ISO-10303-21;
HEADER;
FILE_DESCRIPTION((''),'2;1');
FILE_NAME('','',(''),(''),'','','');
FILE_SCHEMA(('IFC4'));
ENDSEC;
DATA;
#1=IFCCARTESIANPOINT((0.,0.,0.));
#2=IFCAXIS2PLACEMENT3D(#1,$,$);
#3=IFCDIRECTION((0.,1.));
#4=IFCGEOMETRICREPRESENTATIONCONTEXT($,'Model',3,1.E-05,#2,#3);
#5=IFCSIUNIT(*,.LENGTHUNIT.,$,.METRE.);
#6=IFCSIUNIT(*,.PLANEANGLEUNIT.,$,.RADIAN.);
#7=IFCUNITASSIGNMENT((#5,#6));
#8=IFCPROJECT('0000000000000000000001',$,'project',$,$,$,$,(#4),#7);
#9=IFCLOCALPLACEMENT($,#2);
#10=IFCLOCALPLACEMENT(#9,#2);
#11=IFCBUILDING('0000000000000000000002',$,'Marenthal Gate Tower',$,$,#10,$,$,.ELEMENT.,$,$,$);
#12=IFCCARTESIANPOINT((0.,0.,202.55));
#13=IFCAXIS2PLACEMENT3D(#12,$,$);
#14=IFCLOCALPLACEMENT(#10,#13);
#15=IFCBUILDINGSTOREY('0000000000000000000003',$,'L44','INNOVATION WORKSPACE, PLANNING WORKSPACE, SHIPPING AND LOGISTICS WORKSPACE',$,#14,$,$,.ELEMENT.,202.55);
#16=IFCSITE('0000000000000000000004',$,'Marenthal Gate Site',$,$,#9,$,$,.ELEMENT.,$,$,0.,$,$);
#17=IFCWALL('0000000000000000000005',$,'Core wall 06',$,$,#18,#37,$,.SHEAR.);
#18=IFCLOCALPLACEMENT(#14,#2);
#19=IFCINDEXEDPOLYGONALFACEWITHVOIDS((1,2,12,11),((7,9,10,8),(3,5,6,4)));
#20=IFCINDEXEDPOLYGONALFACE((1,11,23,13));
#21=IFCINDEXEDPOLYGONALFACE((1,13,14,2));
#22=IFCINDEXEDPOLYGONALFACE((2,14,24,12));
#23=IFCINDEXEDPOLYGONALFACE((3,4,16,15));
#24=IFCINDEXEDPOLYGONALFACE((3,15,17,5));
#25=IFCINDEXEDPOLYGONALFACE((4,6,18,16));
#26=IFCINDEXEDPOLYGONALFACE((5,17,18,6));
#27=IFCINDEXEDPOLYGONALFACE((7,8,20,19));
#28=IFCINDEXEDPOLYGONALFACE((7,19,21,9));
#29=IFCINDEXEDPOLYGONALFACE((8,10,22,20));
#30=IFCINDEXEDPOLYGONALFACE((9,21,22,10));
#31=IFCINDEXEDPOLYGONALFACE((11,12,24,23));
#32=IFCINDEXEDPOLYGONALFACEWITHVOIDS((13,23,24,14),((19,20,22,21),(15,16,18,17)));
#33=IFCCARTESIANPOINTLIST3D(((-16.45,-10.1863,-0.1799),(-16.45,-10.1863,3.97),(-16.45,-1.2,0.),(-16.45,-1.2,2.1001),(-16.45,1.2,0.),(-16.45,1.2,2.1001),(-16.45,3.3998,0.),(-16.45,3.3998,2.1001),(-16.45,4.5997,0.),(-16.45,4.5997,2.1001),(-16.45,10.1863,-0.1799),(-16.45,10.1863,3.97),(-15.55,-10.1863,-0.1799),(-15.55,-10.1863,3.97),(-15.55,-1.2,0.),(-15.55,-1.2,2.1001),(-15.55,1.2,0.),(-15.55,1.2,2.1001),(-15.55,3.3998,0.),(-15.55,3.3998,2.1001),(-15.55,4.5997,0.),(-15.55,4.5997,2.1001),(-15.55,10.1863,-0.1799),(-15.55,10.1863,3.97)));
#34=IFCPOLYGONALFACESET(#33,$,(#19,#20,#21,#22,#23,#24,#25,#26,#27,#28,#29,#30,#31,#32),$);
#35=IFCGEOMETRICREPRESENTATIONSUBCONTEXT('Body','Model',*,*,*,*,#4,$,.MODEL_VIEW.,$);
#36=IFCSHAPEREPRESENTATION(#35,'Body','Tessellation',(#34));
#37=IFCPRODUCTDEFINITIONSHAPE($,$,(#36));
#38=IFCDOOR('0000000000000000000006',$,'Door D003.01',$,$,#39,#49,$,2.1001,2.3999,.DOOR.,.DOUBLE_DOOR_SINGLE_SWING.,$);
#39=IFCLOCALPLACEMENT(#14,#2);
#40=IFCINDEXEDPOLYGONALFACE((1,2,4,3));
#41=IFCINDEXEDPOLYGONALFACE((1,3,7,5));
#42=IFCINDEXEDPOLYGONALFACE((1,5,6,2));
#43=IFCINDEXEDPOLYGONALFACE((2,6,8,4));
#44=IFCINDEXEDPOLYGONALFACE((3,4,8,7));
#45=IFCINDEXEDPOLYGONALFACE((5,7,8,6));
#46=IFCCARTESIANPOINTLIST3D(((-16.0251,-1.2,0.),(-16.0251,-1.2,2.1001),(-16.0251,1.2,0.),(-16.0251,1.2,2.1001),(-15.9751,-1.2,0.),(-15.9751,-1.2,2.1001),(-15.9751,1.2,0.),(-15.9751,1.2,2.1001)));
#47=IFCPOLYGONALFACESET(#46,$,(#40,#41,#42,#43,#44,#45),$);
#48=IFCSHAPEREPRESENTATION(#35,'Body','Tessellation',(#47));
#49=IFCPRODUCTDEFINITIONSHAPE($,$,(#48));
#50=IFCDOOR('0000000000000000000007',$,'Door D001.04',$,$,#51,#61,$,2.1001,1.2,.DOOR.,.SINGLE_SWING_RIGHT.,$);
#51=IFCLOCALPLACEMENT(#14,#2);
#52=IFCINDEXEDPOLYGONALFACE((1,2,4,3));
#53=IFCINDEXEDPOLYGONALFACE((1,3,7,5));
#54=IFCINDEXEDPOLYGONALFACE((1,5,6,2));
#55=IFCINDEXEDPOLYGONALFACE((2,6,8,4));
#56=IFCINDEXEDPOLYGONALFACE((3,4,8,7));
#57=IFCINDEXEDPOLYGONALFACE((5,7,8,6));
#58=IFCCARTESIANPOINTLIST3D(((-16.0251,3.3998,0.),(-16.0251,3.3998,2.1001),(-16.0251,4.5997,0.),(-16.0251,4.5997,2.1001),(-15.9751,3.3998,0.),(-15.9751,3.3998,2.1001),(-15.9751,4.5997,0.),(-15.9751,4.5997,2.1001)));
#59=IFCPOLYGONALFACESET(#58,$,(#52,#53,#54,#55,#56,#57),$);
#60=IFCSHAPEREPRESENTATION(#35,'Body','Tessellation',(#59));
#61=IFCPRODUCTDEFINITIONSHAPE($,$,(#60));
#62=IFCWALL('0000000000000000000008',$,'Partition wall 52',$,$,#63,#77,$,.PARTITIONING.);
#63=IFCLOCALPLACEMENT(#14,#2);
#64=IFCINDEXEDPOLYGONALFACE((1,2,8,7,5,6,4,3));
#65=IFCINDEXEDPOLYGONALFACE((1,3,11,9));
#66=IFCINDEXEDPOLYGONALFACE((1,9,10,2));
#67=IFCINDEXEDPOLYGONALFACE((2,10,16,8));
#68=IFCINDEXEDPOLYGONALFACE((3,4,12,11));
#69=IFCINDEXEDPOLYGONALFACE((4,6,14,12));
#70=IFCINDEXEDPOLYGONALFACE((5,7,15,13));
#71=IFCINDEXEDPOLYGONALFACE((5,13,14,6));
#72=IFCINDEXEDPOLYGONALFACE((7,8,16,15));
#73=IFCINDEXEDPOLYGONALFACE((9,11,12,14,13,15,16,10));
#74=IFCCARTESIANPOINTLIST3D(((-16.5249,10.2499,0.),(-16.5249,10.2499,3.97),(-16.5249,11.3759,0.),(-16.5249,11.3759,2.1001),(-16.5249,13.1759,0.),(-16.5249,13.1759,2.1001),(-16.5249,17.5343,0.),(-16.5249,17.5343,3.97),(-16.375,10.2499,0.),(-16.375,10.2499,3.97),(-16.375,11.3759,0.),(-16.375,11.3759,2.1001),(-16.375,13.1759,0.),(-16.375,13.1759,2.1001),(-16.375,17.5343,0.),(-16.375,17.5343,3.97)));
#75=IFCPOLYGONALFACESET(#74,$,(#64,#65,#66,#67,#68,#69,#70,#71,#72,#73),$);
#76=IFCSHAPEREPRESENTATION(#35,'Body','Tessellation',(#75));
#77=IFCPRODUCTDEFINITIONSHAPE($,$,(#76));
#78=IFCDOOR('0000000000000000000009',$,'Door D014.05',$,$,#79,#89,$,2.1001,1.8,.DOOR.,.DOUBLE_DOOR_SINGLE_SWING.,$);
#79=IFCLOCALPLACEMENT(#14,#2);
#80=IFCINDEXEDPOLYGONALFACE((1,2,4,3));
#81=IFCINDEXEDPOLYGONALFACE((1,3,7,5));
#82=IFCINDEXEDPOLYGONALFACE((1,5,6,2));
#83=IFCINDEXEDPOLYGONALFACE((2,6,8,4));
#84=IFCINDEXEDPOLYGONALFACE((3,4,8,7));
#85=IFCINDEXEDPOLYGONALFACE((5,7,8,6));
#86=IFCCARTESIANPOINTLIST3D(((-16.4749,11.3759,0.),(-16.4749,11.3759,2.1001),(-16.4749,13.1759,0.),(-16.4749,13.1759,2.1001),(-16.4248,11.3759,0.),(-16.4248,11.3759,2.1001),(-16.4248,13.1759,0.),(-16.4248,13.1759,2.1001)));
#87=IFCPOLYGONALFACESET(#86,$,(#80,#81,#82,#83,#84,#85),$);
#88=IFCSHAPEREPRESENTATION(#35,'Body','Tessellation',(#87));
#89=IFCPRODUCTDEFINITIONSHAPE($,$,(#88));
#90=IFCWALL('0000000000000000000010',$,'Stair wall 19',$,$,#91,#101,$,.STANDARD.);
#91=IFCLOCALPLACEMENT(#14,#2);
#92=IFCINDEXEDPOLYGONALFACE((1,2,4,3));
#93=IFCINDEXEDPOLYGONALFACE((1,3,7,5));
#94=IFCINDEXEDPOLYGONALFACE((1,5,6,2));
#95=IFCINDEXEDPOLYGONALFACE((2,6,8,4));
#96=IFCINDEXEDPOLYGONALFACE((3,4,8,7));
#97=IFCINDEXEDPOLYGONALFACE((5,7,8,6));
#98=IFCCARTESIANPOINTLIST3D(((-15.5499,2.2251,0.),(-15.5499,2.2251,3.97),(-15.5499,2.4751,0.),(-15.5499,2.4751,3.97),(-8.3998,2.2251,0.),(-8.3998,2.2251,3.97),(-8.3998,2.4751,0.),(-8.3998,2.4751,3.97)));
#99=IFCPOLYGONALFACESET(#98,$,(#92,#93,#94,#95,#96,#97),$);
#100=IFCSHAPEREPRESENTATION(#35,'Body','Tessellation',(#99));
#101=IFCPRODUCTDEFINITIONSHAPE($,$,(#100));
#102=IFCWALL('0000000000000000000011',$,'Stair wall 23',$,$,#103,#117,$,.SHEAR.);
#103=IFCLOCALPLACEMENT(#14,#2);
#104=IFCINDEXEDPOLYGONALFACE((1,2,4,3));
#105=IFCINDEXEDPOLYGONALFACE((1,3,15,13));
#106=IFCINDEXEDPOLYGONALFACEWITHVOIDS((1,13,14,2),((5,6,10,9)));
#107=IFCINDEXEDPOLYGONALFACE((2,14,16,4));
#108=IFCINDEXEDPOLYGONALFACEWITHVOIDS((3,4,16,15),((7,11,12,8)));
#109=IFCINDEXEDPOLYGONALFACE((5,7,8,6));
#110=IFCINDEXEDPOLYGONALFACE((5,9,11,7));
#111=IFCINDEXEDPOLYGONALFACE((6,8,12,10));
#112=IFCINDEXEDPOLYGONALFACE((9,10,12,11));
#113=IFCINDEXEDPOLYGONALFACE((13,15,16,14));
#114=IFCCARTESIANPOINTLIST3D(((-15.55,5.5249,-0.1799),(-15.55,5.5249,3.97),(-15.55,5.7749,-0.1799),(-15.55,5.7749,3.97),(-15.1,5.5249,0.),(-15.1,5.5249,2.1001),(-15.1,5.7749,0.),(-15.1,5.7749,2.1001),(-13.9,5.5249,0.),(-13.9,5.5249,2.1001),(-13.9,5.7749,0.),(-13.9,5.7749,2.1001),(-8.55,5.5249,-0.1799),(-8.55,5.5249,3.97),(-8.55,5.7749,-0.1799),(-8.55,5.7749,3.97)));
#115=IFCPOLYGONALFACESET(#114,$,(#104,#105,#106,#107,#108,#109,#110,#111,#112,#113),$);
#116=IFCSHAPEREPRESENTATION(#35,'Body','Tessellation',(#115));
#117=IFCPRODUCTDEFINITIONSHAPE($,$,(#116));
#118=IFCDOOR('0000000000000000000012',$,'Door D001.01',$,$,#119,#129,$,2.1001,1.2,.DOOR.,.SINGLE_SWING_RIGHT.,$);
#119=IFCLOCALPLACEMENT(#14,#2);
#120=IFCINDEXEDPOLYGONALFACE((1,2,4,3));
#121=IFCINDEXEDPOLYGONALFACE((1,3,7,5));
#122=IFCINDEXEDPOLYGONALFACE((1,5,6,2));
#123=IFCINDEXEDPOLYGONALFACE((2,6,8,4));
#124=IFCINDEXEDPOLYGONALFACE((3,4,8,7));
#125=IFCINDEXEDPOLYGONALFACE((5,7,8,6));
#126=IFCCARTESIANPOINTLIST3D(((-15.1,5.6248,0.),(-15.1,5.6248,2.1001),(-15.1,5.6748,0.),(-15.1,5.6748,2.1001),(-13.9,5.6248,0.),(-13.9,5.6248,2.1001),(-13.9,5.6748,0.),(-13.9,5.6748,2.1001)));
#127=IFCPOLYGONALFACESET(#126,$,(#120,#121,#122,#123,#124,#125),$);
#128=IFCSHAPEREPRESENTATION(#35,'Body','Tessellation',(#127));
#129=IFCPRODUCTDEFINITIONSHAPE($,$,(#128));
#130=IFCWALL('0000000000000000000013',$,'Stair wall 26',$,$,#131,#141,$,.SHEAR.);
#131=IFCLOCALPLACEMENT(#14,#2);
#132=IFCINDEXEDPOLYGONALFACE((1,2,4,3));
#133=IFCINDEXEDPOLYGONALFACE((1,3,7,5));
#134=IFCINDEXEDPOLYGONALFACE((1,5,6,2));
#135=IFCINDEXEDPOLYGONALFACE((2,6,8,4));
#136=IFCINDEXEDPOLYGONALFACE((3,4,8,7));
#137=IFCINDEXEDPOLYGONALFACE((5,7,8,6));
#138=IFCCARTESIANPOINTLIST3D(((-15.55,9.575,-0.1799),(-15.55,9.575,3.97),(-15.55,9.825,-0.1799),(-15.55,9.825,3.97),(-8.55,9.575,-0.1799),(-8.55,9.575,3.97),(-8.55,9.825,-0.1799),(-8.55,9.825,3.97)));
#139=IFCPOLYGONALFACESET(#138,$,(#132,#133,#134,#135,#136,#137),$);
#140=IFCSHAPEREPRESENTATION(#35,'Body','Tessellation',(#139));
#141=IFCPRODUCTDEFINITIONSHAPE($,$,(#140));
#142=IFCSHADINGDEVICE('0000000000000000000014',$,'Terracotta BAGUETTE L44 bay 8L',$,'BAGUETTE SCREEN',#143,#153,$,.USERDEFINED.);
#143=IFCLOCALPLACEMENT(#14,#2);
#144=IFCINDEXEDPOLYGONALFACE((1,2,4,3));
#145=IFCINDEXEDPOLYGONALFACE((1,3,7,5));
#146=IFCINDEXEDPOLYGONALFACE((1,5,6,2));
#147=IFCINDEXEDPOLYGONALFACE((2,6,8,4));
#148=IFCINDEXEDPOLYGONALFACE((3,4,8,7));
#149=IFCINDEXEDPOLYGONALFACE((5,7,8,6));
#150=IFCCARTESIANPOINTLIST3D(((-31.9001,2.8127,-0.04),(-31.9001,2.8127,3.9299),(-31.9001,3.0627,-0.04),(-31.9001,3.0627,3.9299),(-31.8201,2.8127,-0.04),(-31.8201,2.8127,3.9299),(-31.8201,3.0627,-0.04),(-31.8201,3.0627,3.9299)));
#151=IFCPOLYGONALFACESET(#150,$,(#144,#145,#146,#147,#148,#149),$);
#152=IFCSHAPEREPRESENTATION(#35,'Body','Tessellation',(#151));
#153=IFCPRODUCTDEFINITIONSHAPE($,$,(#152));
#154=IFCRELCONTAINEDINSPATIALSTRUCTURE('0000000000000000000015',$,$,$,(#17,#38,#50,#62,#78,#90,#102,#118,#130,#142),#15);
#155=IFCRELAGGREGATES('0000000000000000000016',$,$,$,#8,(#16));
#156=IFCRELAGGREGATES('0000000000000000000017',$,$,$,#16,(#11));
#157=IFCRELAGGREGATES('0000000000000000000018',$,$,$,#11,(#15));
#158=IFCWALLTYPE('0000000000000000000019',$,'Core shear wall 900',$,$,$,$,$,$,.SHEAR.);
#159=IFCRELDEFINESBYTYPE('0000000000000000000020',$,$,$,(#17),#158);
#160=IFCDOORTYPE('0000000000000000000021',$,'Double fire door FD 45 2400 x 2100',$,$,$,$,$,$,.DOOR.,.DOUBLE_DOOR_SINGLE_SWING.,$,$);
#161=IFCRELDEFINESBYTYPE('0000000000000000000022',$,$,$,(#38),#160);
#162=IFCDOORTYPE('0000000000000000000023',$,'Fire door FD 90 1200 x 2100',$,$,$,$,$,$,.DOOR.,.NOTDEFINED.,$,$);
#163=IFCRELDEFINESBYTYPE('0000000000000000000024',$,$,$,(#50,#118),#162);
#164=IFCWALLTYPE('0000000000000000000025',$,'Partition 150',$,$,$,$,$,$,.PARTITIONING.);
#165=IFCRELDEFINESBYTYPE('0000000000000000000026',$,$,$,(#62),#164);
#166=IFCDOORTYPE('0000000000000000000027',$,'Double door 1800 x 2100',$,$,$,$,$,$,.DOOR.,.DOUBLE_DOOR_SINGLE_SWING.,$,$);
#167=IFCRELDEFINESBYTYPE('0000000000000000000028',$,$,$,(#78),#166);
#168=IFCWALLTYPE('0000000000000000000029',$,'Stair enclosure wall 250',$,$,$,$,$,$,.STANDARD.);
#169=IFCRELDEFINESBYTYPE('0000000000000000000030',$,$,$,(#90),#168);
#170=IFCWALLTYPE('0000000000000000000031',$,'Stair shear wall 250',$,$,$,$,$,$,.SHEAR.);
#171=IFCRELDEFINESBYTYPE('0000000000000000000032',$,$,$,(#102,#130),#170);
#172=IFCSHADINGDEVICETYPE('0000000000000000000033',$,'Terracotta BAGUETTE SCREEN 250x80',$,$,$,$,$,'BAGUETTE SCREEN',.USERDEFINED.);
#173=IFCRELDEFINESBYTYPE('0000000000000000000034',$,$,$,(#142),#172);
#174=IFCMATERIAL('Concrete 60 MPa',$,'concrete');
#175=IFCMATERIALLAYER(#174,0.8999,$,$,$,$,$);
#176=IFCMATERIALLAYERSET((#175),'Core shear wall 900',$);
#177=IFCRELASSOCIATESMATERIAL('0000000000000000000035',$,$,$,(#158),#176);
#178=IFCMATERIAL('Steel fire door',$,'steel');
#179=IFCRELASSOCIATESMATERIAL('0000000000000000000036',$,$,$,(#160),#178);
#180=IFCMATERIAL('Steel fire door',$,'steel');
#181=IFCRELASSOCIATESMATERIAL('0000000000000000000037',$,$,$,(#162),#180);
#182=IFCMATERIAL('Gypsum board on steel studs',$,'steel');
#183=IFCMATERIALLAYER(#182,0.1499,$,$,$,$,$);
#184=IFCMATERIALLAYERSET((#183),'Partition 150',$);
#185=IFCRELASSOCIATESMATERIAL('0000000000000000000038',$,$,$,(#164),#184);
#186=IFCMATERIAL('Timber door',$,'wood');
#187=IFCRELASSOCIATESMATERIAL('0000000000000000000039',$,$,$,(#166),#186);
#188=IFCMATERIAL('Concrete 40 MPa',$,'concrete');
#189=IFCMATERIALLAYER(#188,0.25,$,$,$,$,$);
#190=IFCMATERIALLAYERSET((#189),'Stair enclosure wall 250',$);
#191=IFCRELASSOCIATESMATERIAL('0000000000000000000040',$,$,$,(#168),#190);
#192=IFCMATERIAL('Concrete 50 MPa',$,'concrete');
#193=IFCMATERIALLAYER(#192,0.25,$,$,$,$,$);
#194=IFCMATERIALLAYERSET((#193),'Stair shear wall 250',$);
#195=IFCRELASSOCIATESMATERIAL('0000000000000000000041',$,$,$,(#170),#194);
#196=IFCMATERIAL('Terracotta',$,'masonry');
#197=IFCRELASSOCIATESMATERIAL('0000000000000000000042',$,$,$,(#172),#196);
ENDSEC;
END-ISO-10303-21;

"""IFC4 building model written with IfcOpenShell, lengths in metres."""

from ifc_helpers import new_model, si_unit, direction, frame, frame_2d, origin, origin_2d, place, context, subcontext, project, spatial, rectangle, extrude, material, layer, layer_set, material_profile, profile_set, type_object, element, fill, save


model = new_model("IFC4")

# Units and contexts
model_context = context("Model", 3, precision=1e-05, world=origin(), true_north=direction((0.0, 1.0)))
body_context = subcontext(model_context, "Body", "Model", "MODEL_VIEW")
ifc_project = project(units=[si_unit("LENGTHUNIT", "METRE"), si_unit("PLANEANGLEUNIT", "RADIAN")], contexts=[model_context])

# Site, building, storey
site_placement = place(None, origin())
site = spatial("IfcSite", under=ifc_project, at=site_placement, Name="Marenthal Gate Site", CompositionType="ELEMENT", RefElevation=0.0)
building_placement = place(site_placement, origin())
building = spatial("IfcBuilding", under=site, at=building_placement, Name="Marenthal Gate Tower", CompositionType="ELEMENT")
storey_placement = place(building_placement, frame((0.0, 0.0, 202.55)))
storey = spatial("IfcBuildingStorey", under=building, at=storey_placement, Name="L44", Description="INNOVATION WORKSPACE, PLANNING WORKSPACE, SHIPPING AND LOGISTICS WORKSPACE", CompositionType="ELEMENT", Elevation=202.55)

# Wall, openings, doors
ifc_material_1 = material(Name="Concrete 60 MPa", Category="concrete")
ifc_layer_1 = layer(ifc_material_1, 0.8999)
ifc_layer_set_1 = layer_set([ifc_layer_1], Name="Core shear wall 900")
wall_type_1 = type_object("IfcWallType", Name="Core shear wall 900", PredefinedType="SHEAR", material=ifc_layer_set_1)
wall_1_placement = place(storey_placement, frame((-16.0, 10.1863, -0.1799), z_axis=(0.0, 0.0, 1.0), x_axis=(0.0, -1.0, 0.0)))
wall_1 = element("IfcWall", 1, at=wall_1_placement, inside=storey, type_object=wall_type_1, Name="Core wall 06", PredefinedType="SHEAR", context=body_context, shape_type="SweptSolid", body=[
    extrude(rectangle(XDim=20.3726, YDim=0.8999, at=frame_2d((10.1863, 0.0))), origin(), (0.0, 0.0, 1.0), 4.1499),
])
opening_1_placement = place(wall_1_placement, frame((8.9863, 0.0, 0.1799)))
opening_1 = element("IfcOpeningElement", 2, at=opening_1_placement, cuts=wall_1, PredefinedType="OPENING", context=body_context, shape_type="SweptSolid", body=[
    extrude(rectangle(XDim=2.3999, YDim=2.1001, at=frame_2d((1.2, 1.05))), frame((0.0, 0.46, 0.0), z_axis=(0.0, -1.0, 0.0), x_axis=(1.0, 0.0, 0.0)), (0.0, 0.0, 1.0), 0.9199),
])
opening_2_placement = place(wall_1_placement, frame((5.5864, 0.0, 0.1799)))
opening_2 = element("IfcOpeningElement", 3, at=opening_2_placement, cuts=wall_1, PredefinedType="OPENING", context=body_context, shape_type="SweptSolid", body=[
    extrude(rectangle(XDim=1.2, YDim=2.1001, at=frame_2d((0.6001, 1.05))), frame((0.0, 0.46, 0.0), z_axis=(0.0, -1.0, 0.0), x_axis=(1.0, 0.0, 0.0)), (0.0, 0.0, 1.0), 0.9199),
])
ifc_material_2 = material(Name="Steel fire door", Category="steel")
door_type_1 = type_object("IfcDoorType", Name="Double fire door FD 45 2400 x 2100", OperationType="DOUBLE_DOOR_SINGLE_SWING", PredefinedType="DOOR", material=ifc_material_2)
door_1_placement = place(opening_1_placement, origin())
door_1 = element("IfcDoor", 4, at=door_1_placement, inside=storey, type_object=door_type_1, Name="Door D003.01", OperationType="DOUBLE_DOOR_SINGLE_SWING", OverallHeight=2.1001, OverallWidth=2.3999, PredefinedType="DOOR", context=body_context, shape_type="SweptSolid", body=[
    extrude(rectangle(XDim=2.3999, YDim=2.1001, at=frame_2d((1.2, 1.05))), frame((0.0, 0.0249, 0.0), z_axis=(0.0, -1.0, 0.0), x_axis=(1.0, 0.0, 0.0)), (0.0, 0.0, 1.0), 0.05),
])
fill(opening_1, door_1)
ifc_material_3 = material(Name="Steel fire door", Category="steel")
door_type_2 = type_object("IfcDoorType", Name="Fire door FD 90 1200 x 2100", OperationType="NOTDEFINED", PredefinedType="DOOR", material=ifc_material_3)
door_2_placement = place(opening_2_placement, origin())
door_2 = element("IfcDoor", 5, at=door_2_placement, inside=storey, type_object=door_type_2, Name="Door D001.04", OperationType="SINGLE_SWING_RIGHT", OverallHeight=2.1001, OverallWidth=1.2, PredefinedType="DOOR", context=body_context, shape_type="SweptSolid", body=[
    extrude(rectangle(XDim=1.2, YDim=2.1001, at=frame_2d((0.6001, 1.05))), frame((0.0, 0.0249, 0.0), z_axis=(0.0, -1.0, 0.0), x_axis=(1.0, 0.0, 0.0)), (0.0, 0.0, 1.0), 0.05),
])
fill(opening_2, door_2)

# Wall, opening, door
ifc_material_4 = material(Name="Gypsum board on steel studs", Category="steel")
ifc_layer_2 = layer(ifc_material_4, 0.1499)
ifc_layer_set_2 = layer_set([ifc_layer_2], Name="Partition 150")
wall_type_2 = type_object("IfcWallType", Name="Partition 150", PredefinedType="PARTITIONING", material=ifc_layer_set_2)
wall_2_placement = place(storey_placement, frame((-16.45, 10.25, 0.0), z_axis=(0.0, 0.0, 1.0), x_axis=(0.0, 1.0, 0.0)))
wall_2 = element("IfcWall", 6, at=wall_2_placement, inside=storey, type_object=wall_type_2, Name="Partition wall 52", PredefinedType="PARTITIONING", context=body_context, shape_type="SweptSolid", body=[
    extrude(rectangle(XDim=7.2844, YDim=0.1499, at=frame_2d((3.6421, 0.0))), origin(), (0.0, 0.0, 1.0), 3.97),
])
opening_3_placement = place(wall_2_placement, frame((1.126, 0.0, 0.0)))
opening_3 = element("IfcOpeningElement", 7, at=opening_3_placement, cuts=wall_2, PredefinedType="OPENING", context=body_context, shape_type="SweptSolid", body=[
    extrude(rectangle(XDim=1.8, YDim=2.1001, at=frame_2d((0.8999, 1.05))), frame((0.0, 0.085, 0.0), z_axis=(0.0, -1.0, 0.0), x_axis=(1.0, 0.0, 0.0)), (0.0, 0.0, 1.0), 0.1699),
])
ifc_material_5 = material(Name="Timber door", Category="wood")
door_type_3 = type_object("IfcDoorType", Name="Double door 1800 x 2100", OperationType="DOUBLE_DOOR_SINGLE_SWING", PredefinedType="DOOR", material=ifc_material_5)
door_3_placement = place(opening_3_placement, origin())
door_3 = element("IfcDoor", 8, at=door_3_placement, inside=storey, type_object=door_type_3, Name="Door D014.05", OperationType="DOUBLE_DOOR_SINGLE_SWING", OverallHeight=2.1001, OverallWidth=1.8, PredefinedType="DOOR", context=body_context, shape_type="SweptSolid", body=[
    extrude(rectangle(XDim=1.8, YDim=2.1001, at=frame_2d((0.8999, 1.05))), frame((0.0, 0.0249, 0.0), z_axis=(0.0, -1.0, 0.0), x_axis=(1.0, 0.0, 0.0)), (0.0, 0.0, 1.0), 0.05),
])
fill(opening_3, door_3)

# Wall
ifc_material_6 = material(Name="Concrete 40 MPa", Category="concrete")
ifc_layer_3 = layer(ifc_material_6, 0.25)
ifc_layer_set_3 = layer_set([ifc_layer_3], Name="Stair enclosure wall 250")
wall_type_3 = type_object("IfcWallType", Name="Stair enclosure wall 250", PredefinedType="STANDARD", material=ifc_layer_set_3)
wall_3_placement = place(storey_placement, frame((-15.55, 2.3501, 0.0), z_axis=(0.0, 0.0, 1.0), x_axis=(1.0, 0.0, 0.0)))
element("IfcWall", 9, at=wall_3_placement, inside=storey, type_object=wall_type_3, Name="Stair wall 19", PredefinedType="STANDARD", context=body_context, shape_type="SweptSolid", body=[
    extrude(rectangle(XDim=7.1501, YDim=0.25, at=frame_2d((3.5752, 0.0))), origin(), (0.0, 0.0, 1.0), 3.97),
])

# Wall, opening, door
ifc_material_7 = material(Name="Concrete 50 MPa", Category="concrete")
ifc_layer_4 = layer(ifc_material_7, 0.25)
ifc_layer_set_4 = layer_set([ifc_layer_4], Name="Stair shear wall 250")
wall_type_4 = type_object("IfcWallType", Name="Stair shear wall 250", PredefinedType="SHEAR", material=ifc_layer_set_4)
wall_4_placement = place(storey_placement, frame((-15.55, 5.6499, -0.1799), z_axis=(0.0, 0.0, 1.0), x_axis=(1.0, 0.0, 0.0)))
wall_4 = element("IfcWall", 10, at=wall_4_placement, inside=storey, type_object=wall_type_4, Name="Stair wall 23", PredefinedType="SHEAR", context=body_context, shape_type="SweptSolid", body=[
    extrude(rectangle(XDim=7.0, YDim=0.25, at=frame_2d((3.5, 0.0))), origin(), (0.0, 0.0, 1.0), 4.1499),
])
opening_4_placement = place(wall_4_placement, frame((0.45, 0.0, 0.1799)))
opening_4 = element("IfcOpeningElement", 11, at=opening_4_placement, cuts=wall_4, PredefinedType="OPENING", context=body_context, shape_type="SweptSolid", body=[
    extrude(rectangle(XDim=1.2, YDim=2.1001, at=frame_2d((0.6001, 1.05))), frame((0.0, 0.135, 0.0), z_axis=(0.0, -1.0, 0.0), x_axis=(1.0, 0.0, 0.0)), (0.0, 0.0, 1.0), 0.27),
])
door_4_placement = place(opening_4_placement, origin())
door_4 = element("IfcDoor", 12, at=door_4_placement, inside=storey, type_object=door_type_2, Name="Door D001.01", OperationType="SINGLE_SWING_RIGHT", OverallHeight=2.1001, OverallWidth=1.2, PredefinedType="DOOR", context=body_context, shape_type="SweptSolid", body=[
    extrude(rectangle(XDim=1.2, YDim=2.1001, at=frame_2d((0.6001, 1.05))), frame((0.0, 0.0249, 0.0), z_axis=(0.0, -1.0, 0.0), x_axis=(1.0, 0.0, 0.0)), (0.0, 0.0, 1.0), 0.05),
])
fill(opening_4, door_4)

# Wall
wall_5_placement = place(storey_placement, frame((-15.55, 9.7, -0.1799), z_axis=(0.0, 0.0, 1.0), x_axis=(1.0, 0.0, 0.0)))
element("IfcWall", 13, at=wall_5_placement, inside=storey, type_object=wall_type_4, Name="Stair wall 26", PredefinedType="SHEAR", context=body_context, shape_type="SweptSolid", body=[
    extrude(rectangle(XDim=7.0, YDim=0.25, at=frame_2d((3.5, 0.0))), origin(), (0.0, 0.0, 1.0), 4.1499),
])

# Shading device
ifc_material_8 = material(Name="Terracotta", Category="masonry")
ifc_material_profile_1 = material_profile(ifc_material_8, rectangle(XDim=0.25, YDim=0.0801, at=origin_2d()), Name="Terracotta baguette 250x80")
ifc_profile_set_1 = profile_set([ifc_material_profile_1], Name="Terracotta")
shading_device_type = type_object("IfcShadingDeviceType", Name="Terracotta BAGUETTE SCREEN 250x80", ElementType="BAGUETTE SCREEN", PredefinedType="USERDEFINED", material=ifc_profile_set_1)
shading_device_placement = place(storey_placement, frame((-31.8601, 2.9377, -0.04), z_axis=(0.0, 0.0, 1.0), x_axis=(0.0, -1.0, 0.0)))
element("IfcShadingDevice", 14, at=shading_device_placement, inside=storey, type_object=shading_device_type, Name="Terracotta BAGUETTE L44 bay 8L", ObjectType="BAGUETTE SCREEN", PredefinedType="USERDEFINED", context=body_context, shape_type="SweptSolid", body=[
    extrude(rectangle(XDim=0.25, YDim=0.0801, at=origin_2d()), origin(), (0.0, 0.0, 1.0), 3.97),
])

save(model, "model.ifc")
